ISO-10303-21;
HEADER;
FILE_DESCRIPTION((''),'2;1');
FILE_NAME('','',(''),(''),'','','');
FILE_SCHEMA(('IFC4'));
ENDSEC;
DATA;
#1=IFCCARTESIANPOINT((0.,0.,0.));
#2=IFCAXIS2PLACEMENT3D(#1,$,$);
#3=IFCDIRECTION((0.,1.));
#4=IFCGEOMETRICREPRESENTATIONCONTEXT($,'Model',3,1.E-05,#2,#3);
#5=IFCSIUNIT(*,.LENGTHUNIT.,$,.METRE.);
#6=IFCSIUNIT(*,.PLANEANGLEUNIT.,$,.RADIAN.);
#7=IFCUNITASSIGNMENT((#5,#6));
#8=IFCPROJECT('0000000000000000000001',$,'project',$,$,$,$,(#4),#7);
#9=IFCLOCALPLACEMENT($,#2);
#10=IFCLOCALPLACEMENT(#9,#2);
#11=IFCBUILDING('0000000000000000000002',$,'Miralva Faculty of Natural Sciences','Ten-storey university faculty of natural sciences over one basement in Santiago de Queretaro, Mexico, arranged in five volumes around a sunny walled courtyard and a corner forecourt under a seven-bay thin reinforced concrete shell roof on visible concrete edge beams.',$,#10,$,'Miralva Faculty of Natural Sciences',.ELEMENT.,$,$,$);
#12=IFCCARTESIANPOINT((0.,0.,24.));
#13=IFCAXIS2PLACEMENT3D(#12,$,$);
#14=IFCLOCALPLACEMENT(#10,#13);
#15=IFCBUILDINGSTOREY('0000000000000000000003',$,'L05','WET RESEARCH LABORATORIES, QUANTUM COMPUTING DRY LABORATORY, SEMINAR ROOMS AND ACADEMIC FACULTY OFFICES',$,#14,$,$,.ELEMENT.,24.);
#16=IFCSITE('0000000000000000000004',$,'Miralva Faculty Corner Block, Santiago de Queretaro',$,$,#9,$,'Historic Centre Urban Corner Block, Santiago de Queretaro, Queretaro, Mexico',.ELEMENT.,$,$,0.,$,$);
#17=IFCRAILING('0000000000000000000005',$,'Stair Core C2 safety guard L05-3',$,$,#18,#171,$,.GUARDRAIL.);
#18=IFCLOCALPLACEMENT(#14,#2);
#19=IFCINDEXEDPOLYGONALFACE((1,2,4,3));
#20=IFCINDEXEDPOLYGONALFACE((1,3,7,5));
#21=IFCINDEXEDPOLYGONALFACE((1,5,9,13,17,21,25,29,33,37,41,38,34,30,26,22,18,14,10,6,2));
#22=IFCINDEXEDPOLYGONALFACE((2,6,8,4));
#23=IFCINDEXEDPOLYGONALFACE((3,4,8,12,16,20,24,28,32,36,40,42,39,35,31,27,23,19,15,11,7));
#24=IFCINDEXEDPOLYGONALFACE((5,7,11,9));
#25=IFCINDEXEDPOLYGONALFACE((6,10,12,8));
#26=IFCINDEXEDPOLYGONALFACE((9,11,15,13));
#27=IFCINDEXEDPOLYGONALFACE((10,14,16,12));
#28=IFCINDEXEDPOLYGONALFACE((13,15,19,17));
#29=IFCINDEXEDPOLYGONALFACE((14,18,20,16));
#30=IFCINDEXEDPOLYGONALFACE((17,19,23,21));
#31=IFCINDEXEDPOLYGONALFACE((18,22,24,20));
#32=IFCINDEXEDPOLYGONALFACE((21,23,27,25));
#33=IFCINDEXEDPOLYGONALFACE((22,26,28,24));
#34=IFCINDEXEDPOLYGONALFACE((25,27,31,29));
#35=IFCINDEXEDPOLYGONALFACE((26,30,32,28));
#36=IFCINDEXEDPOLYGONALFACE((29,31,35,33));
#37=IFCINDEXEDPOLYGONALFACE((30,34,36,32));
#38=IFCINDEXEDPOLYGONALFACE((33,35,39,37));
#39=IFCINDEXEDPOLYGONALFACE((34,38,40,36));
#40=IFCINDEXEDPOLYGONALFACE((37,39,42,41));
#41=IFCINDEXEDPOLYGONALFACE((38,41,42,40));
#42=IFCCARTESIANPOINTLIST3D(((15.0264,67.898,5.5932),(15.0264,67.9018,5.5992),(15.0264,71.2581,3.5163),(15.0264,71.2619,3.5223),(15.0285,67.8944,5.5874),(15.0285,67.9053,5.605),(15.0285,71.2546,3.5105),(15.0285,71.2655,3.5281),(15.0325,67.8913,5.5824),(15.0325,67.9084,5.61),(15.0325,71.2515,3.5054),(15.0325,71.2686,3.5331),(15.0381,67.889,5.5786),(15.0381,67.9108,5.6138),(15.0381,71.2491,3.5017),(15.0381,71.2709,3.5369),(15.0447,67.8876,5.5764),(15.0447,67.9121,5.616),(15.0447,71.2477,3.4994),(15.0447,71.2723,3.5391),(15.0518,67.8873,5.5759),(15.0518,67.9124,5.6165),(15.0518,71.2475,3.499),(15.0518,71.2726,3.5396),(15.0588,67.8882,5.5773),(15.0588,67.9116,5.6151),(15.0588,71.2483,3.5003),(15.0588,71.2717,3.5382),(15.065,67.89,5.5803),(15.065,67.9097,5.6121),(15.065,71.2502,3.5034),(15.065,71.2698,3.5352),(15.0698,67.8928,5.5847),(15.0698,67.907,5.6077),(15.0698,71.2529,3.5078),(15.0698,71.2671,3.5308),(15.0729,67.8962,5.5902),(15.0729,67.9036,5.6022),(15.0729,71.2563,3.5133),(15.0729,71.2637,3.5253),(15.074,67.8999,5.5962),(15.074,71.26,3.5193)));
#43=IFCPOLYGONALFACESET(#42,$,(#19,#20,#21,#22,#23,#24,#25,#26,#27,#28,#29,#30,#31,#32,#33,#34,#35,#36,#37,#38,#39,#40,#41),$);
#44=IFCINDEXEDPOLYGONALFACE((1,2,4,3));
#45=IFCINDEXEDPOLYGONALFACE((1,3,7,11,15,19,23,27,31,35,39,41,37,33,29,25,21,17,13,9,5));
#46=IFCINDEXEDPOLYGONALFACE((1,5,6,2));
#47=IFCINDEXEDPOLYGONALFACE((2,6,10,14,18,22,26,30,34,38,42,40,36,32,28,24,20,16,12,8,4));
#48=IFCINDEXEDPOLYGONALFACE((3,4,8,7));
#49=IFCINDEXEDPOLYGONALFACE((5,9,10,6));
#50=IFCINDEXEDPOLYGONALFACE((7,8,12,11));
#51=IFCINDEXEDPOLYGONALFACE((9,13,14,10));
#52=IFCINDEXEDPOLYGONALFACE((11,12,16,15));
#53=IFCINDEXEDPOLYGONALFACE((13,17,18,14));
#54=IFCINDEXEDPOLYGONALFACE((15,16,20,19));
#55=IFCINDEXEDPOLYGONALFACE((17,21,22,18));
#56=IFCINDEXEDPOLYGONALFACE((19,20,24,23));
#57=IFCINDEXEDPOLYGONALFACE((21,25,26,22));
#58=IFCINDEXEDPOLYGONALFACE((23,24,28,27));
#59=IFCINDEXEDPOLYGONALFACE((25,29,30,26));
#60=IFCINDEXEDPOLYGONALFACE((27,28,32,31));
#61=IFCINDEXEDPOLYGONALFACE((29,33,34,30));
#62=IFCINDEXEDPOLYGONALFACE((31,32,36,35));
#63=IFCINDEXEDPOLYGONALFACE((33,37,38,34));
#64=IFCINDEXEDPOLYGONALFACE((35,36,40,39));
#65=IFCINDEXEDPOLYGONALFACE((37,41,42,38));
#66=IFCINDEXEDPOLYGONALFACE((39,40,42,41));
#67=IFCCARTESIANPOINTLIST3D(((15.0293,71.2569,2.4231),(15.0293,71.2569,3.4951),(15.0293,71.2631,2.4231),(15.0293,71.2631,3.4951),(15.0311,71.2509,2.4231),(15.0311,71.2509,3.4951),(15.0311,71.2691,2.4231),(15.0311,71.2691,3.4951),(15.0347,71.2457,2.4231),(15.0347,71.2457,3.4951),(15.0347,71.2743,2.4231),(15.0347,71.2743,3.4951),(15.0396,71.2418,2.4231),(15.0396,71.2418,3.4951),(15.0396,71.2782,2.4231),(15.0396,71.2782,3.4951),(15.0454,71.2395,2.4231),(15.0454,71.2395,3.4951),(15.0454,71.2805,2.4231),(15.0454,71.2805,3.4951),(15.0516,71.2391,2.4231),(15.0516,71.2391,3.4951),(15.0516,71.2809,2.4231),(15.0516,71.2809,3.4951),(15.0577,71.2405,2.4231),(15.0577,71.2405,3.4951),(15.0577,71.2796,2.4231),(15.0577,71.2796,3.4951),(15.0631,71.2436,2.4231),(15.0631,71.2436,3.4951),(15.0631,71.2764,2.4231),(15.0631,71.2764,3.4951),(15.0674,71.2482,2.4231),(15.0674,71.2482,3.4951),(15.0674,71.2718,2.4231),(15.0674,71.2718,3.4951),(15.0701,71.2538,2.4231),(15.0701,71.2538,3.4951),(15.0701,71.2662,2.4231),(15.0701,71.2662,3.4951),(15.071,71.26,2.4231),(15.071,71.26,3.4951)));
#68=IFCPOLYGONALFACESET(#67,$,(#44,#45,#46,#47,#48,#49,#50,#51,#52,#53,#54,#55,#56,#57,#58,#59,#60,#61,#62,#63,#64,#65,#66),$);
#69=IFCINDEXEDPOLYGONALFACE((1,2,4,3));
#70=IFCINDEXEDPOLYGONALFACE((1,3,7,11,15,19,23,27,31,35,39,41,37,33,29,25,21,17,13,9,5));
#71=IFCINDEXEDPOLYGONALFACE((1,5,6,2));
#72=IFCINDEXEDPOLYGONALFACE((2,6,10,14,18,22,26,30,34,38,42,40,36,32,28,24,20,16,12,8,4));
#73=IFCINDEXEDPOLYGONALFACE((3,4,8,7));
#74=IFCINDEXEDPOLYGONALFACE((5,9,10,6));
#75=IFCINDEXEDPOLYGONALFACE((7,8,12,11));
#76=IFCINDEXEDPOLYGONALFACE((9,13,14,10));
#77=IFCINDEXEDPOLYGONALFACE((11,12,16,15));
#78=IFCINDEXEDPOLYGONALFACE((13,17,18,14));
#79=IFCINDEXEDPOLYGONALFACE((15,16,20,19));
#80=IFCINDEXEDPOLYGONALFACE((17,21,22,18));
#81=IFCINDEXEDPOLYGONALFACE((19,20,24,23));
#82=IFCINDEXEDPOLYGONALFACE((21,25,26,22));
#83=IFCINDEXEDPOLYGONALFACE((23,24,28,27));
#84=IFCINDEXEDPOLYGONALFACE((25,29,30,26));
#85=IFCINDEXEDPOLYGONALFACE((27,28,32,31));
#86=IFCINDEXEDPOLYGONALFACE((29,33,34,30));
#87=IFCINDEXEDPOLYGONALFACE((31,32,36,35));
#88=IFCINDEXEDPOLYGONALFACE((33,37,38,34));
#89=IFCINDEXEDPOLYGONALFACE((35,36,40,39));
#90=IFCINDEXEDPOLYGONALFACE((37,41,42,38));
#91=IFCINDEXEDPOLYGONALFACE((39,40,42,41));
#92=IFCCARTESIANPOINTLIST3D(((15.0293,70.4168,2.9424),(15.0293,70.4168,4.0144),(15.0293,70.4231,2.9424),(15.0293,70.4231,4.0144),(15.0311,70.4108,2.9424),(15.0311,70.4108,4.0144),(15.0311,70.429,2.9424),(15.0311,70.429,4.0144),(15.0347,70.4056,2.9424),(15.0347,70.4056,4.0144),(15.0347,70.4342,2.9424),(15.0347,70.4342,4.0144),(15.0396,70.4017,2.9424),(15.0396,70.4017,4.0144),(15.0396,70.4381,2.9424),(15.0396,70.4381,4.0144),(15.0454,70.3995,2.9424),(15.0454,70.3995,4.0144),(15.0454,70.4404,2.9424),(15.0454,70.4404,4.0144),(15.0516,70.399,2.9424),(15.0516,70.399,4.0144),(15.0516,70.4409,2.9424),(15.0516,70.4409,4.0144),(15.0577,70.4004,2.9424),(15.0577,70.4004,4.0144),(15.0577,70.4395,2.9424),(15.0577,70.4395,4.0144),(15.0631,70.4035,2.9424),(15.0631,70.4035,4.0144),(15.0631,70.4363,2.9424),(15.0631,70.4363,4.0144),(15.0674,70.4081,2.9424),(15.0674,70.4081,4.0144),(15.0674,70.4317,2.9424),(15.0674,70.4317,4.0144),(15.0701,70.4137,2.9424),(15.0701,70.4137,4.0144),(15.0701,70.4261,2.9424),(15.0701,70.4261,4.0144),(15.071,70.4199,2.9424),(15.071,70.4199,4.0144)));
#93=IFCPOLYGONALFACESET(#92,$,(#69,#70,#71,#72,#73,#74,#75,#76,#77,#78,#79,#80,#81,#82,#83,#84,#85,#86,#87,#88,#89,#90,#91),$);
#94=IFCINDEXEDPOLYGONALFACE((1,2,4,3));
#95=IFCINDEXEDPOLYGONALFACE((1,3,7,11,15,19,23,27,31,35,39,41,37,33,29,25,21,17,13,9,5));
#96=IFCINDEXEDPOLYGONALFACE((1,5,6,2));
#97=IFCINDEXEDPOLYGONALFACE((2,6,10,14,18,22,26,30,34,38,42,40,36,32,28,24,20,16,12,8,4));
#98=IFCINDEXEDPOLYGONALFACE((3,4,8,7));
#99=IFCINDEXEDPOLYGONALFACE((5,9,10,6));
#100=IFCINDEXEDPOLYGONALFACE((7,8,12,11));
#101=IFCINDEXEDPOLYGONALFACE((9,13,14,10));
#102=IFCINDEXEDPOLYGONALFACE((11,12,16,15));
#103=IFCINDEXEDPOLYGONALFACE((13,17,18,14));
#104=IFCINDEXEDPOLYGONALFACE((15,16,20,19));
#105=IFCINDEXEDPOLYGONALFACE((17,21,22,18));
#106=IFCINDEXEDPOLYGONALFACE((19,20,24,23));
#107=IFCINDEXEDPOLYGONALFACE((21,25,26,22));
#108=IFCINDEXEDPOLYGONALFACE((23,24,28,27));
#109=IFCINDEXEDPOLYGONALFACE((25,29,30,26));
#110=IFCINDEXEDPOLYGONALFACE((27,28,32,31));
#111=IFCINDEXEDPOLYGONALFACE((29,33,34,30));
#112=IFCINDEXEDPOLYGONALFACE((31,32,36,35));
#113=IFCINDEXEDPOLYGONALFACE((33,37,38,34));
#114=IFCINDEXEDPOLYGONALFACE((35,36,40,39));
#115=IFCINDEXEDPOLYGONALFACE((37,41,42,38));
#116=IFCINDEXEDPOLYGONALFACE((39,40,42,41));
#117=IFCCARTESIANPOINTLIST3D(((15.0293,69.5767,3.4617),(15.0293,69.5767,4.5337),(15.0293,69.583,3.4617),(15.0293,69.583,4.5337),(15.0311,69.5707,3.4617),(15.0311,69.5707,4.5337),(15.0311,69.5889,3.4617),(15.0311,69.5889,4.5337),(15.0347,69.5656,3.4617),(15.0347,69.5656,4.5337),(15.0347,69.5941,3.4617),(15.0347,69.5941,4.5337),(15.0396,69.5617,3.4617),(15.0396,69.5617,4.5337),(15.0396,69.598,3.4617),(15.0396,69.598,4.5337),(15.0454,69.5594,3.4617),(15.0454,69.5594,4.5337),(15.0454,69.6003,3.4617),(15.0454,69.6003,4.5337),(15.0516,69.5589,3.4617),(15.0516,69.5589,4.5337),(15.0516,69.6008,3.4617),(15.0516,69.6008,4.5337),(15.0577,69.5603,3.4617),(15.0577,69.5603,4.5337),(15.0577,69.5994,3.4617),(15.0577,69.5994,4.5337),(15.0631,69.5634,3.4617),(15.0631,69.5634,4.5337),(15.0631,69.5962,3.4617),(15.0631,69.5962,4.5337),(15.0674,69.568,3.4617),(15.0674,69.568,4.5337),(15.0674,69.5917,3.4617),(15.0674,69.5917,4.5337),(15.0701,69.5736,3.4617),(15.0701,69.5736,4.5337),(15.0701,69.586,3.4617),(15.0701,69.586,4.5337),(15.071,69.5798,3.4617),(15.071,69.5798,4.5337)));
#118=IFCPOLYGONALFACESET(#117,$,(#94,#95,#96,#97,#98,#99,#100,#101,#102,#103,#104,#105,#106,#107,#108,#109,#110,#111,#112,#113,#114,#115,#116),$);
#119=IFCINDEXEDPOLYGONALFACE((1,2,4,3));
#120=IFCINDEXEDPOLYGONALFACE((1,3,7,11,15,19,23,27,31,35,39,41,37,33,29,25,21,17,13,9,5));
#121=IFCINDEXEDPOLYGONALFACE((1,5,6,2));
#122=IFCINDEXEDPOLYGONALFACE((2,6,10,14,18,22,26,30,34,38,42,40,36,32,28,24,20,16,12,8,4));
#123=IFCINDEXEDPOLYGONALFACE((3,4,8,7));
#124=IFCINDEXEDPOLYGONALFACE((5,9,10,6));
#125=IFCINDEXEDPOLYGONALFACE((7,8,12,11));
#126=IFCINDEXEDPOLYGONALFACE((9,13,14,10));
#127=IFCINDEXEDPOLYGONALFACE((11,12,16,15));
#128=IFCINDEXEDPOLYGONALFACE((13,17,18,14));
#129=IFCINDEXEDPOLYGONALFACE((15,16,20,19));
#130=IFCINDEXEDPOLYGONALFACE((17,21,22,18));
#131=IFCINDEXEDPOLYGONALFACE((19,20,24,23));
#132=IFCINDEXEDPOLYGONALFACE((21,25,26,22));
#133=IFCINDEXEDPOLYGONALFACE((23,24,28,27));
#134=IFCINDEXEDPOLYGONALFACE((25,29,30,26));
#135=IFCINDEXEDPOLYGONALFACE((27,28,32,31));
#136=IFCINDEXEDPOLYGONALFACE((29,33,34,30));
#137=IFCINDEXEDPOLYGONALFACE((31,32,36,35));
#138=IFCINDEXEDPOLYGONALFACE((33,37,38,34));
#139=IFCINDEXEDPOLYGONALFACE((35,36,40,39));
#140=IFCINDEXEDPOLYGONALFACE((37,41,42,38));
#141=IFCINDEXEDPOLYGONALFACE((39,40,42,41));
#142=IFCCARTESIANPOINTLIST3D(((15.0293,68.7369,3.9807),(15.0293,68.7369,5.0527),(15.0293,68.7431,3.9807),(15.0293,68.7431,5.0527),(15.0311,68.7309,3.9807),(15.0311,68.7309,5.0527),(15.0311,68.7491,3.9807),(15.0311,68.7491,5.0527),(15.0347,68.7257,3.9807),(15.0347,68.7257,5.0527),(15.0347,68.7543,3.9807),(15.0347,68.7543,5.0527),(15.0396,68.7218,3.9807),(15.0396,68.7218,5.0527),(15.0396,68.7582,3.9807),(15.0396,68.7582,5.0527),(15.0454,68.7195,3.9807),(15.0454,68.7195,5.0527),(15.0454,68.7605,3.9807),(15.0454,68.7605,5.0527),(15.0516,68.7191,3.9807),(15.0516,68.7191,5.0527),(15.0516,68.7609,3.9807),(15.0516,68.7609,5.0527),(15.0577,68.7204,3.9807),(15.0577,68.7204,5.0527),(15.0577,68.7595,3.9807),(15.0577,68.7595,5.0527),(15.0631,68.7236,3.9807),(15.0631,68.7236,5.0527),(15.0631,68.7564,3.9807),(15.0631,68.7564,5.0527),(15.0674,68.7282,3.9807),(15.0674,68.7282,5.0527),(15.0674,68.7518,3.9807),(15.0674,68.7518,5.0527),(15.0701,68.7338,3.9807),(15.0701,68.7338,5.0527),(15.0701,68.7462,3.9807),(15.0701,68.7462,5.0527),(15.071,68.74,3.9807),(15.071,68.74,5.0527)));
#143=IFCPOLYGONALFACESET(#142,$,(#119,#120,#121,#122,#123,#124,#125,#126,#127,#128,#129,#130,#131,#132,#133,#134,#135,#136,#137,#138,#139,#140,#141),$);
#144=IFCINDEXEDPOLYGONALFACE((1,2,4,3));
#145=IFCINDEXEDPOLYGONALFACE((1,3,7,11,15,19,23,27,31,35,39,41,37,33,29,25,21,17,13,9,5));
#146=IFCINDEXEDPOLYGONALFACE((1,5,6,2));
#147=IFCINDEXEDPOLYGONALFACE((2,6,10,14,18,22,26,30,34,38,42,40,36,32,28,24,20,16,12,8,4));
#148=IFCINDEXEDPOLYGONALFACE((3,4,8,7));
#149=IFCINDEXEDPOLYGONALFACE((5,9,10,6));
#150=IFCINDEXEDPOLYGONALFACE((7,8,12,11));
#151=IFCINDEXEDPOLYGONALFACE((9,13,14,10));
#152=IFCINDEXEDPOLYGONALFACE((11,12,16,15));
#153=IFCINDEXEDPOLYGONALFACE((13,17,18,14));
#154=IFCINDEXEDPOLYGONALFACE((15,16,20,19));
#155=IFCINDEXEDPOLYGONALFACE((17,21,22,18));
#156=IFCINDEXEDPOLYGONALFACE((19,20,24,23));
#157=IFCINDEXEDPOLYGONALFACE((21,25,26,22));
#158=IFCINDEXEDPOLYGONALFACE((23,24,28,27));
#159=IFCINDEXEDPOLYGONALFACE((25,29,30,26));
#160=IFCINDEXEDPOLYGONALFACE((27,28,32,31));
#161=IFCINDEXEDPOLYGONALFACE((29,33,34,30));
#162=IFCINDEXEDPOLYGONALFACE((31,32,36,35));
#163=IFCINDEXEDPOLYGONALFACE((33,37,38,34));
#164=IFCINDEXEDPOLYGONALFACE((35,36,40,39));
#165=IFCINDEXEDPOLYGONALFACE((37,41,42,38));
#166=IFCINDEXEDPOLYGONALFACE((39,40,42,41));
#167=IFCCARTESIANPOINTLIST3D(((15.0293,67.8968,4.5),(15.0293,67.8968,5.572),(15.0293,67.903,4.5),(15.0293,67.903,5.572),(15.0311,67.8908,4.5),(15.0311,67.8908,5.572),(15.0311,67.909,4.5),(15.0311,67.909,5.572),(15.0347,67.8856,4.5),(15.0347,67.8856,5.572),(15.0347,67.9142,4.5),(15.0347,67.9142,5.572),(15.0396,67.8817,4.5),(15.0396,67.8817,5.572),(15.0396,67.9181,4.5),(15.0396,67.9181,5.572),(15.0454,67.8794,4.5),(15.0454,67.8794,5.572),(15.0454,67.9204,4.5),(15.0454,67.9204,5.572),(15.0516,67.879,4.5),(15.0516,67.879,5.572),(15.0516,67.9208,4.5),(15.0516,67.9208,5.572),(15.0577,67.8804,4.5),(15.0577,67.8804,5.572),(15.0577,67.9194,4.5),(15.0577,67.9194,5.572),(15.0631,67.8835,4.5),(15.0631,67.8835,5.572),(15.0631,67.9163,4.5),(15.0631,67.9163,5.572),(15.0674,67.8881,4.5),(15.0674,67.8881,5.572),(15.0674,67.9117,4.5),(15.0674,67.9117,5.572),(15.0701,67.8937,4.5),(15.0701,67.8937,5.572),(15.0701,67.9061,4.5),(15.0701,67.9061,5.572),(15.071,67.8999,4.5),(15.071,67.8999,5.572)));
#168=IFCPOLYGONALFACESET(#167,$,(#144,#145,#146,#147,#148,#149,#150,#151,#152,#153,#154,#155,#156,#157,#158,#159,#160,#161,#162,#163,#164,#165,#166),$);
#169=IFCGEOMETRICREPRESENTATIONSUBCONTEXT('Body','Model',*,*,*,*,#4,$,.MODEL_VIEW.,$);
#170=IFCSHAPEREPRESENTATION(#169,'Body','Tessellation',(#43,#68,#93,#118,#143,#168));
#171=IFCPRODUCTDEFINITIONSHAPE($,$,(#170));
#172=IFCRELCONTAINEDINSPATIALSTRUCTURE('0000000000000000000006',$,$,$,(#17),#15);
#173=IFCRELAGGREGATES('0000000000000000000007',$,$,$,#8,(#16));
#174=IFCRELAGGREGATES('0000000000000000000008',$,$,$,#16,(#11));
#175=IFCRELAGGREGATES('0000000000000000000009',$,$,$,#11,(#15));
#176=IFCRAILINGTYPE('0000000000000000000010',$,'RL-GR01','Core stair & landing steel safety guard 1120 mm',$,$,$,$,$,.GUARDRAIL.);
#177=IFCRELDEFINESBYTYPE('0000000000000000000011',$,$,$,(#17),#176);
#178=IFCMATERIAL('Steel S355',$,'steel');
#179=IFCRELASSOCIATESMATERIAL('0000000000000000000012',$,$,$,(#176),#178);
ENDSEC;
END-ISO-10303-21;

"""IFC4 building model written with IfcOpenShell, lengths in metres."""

from ifc_helpers import new_model, si_unit, direction, frame, origin, origin_2d, place, context, subcontext, project, spatial, circle, extrude, material, type_object, element, save


model = new_model("IFC4")

# Units and contexts
model_context = context("Model", 3, precision=1e-05, world=origin(), true_north=direction((0.0, 1.0)))
body_context = subcontext(model_context, "Body", "Model", "MODEL_VIEW")
ifc_project = project(units=[si_unit("LENGTHUNIT", "METRE"), si_unit("PLANEANGLEUNIT", "RADIAN")], contexts=[model_context])

# Site, building, storey
site_placement = place(None, origin())
site = spatial("IfcSite", under=ifc_project, at=site_placement, Name="Miralva Faculty Corner Block, Santiago de Queretaro", LongName="Historic Centre Urban Corner Block, Santiago de Queretaro, Queretaro, Mexico", CompositionType="ELEMENT", RefElevation=0.0)
building_placement = place(site_placement, origin())
building = spatial("IfcBuilding", under=site, at=building_placement, Name="Miralva Faculty of Natural Sciences", Description="Ten-storey university faculty of natural sciences over one basement in Santiago de Queretaro, Mexico, arranged in five volumes around a sunny walled courtyard and a corner forecourt under a seven-bay thin reinforced concrete shell roof on visible concrete edge beams.", LongName="Miralva Faculty of Natural Sciences", CompositionType="ELEMENT")
storey_placement = place(building_placement, frame((0.0, 0.0, 24.0)))
storey = spatial("IfcBuildingStorey", under=building, at=storey_placement, Name="L05", Description="WET RESEARCH LABORATORIES, QUANTUM COMPUTING DRY LABORATORY, SEMINAR ROOMS AND ACADEMIC FACULTY OFFICES", CompositionType="ELEMENT", Elevation=24.0)

# Railing
ifc_material_1 = material(Name="Steel S355", Category="steel")
railing_type_1 = type_object("IfcRailingType", Name="RL-GR01", Description="Core stair & landing steel safety guard 1120 mm", PredefinedType="GUARDRAIL", material=ifc_material_1)
railing_1_placement = place(storey_placement, frame((15.05, 71.26, 2.4231)))
element("IfcRailing", 1, at=railing_1_placement, inside=storey, type_object=railing_type_1, Name="Stair Core C2 safety guard L05-3", PredefinedType="GUARDRAIL", context=body_context, shape_type="SweptSolid", body=[
    extrude(circle(Radius=0.0239, at=origin_2d()), frame((0.0, 0.0, 1.0962), z_axis=(0.0, -0.850623, 0.525776), x_axis=(1.0, 0.0, 0.0)), (0.0, 0.0, 1.0), 3.9502),
    extrude(circle(Radius=0.021, at=origin_2d()), origin(), (0.0, 0.0, 1.0), 1.072),
    extrude(circle(Radius=0.021, at=origin_2d()), frame((0.0, -0.8401, 0.5193)), (0.0, 0.0, 1.0), 1.072),
    extrude(circle(Radius=0.021, at=origin_2d()), frame((0.0, -1.6802, 1.0386)), (0.0, 0.0, 1.0), 1.072),
    extrude(circle(Radius=0.021, at=origin_2d()), frame((0.0, -2.52, 1.5576)), (0.0, 0.0, 1.0), 1.072),
    extrude(circle(Radius=0.021, at=origin_2d()), frame((0.0, -3.3601, 2.0769)), (0.0, 0.0, 1.0), 1.072),
])

save(model, "model.ifc")
